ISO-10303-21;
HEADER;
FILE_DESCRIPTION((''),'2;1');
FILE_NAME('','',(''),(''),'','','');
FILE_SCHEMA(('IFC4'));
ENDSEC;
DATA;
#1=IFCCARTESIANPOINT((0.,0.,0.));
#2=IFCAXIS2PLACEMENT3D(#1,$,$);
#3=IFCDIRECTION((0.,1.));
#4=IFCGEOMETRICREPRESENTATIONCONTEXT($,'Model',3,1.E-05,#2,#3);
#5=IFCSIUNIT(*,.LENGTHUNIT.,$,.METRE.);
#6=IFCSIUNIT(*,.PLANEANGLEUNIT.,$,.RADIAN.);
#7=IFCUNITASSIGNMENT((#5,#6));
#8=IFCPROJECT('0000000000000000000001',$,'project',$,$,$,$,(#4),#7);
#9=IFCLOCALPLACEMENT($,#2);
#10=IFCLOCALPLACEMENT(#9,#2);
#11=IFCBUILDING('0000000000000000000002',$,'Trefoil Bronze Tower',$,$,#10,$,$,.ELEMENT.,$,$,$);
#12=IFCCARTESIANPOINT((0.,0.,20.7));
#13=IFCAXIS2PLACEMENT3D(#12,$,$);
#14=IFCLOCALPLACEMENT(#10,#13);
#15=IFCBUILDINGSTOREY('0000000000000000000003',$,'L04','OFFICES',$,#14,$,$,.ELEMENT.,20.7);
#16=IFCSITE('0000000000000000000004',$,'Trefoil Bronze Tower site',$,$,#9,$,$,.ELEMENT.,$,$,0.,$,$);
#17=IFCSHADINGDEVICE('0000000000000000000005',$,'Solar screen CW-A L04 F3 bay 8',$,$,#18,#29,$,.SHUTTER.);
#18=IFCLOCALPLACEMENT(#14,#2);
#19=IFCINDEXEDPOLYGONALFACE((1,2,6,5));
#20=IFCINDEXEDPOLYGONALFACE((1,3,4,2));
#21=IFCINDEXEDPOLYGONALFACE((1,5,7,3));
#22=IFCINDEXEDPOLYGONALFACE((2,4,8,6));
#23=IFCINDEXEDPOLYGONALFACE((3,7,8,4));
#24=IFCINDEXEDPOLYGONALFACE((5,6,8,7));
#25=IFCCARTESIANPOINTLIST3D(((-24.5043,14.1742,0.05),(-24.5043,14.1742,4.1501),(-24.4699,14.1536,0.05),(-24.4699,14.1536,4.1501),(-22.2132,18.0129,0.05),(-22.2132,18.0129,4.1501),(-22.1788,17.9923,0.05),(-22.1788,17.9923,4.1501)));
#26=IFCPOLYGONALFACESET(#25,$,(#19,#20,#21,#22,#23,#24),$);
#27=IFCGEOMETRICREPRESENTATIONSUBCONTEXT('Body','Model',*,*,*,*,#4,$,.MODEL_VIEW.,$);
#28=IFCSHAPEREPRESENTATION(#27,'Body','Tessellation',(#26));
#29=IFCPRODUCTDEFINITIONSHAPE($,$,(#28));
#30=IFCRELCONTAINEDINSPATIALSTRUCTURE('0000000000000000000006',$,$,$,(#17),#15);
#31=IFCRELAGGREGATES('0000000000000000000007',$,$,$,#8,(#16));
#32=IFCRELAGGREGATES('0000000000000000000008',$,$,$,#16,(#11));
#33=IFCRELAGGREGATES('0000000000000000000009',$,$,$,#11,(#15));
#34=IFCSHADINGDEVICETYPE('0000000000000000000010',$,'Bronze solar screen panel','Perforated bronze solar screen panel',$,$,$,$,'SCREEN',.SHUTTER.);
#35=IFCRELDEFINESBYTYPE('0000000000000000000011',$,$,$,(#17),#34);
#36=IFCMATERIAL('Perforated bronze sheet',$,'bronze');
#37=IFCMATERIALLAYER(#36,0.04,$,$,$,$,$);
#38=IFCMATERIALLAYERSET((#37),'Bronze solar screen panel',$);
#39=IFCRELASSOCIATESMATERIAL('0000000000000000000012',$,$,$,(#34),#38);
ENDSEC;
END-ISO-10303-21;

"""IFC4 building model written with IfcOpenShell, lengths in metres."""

from ifc_helpers import new_model, si_unit, direction, frame, origin, origin_2d, place, context, subcontext, project, spatial, rectangle, extrude, material, layer, layer_set, type_object, element, save


model = new_model("IFC4")

# Units and contexts
model_context = context("Model", 3, precision=1e-05, world=origin(), true_north=direction((0.0, 1.0)))
body_context = subcontext(model_context, "Body", "Model", "MODEL_VIEW")
ifc_project = project(units=[si_unit("LENGTHUNIT", "METRE"), si_unit("PLANEANGLEUNIT", "RADIAN")], contexts=[model_context])

# Site, building, storey
site_placement = place(None, origin())
site = spatial("IfcSite", under=ifc_project, at=site_placement, Name="Trefoil Bronze Tower site", CompositionType="ELEMENT", RefElevation=0.0)
building_placement = place(site_placement, origin())
building = spatial("IfcBuilding", under=site, at=building_placement, Name="Trefoil Bronze Tower", CompositionType="ELEMENT")
storey_placement = place(building_placement, frame((0.0, 0.0, 20.7)))
storey = spatial("IfcBuildingStorey", under=building, at=storey_placement, Name="L04", Description="OFFICES", CompositionType="ELEMENT", Elevation=20.7)

# Shading device
ifc_material_1 = material(Name="Perforated bronze sheet", Category="bronze")
ifc_layer_1 = layer(ifc_material_1, 0.04)
ifc_layer_set_1 = layer_set([ifc_layer_1], Name="Bronze solar screen panel")
shading_device_type = type_object("IfcShadingDeviceType", Name="Bronze solar screen panel", Description="Perforated bronze solar screen panel", ElementType="SCREEN", PredefinedType="SHUTTER", material=ifc_layer_set_1)
shading_device_1_placement = place(storey_placement, frame((-23.3416, 16.0833, 0.05), z_axis=(0.0, 0.0, 1.0), x_axis=(-0.512513, -0.85868, 0.0)))
element("IfcShadingDevice", 1, at=shading_device_1_placement, inside=storey, type_object=shading_device_type, Name="Solar screen CW-A L04 F3 bay 8", PredefinedType="SHUTTER", context=body_context, shape_type="SweptSolid", body=[
    extrude(rectangle(XDim=4.4705, YDim=0.04, at=origin_2d()), origin(), (0.0, 0.0, 1.0), 4.1001),
])

save(model, "model.ifc")
